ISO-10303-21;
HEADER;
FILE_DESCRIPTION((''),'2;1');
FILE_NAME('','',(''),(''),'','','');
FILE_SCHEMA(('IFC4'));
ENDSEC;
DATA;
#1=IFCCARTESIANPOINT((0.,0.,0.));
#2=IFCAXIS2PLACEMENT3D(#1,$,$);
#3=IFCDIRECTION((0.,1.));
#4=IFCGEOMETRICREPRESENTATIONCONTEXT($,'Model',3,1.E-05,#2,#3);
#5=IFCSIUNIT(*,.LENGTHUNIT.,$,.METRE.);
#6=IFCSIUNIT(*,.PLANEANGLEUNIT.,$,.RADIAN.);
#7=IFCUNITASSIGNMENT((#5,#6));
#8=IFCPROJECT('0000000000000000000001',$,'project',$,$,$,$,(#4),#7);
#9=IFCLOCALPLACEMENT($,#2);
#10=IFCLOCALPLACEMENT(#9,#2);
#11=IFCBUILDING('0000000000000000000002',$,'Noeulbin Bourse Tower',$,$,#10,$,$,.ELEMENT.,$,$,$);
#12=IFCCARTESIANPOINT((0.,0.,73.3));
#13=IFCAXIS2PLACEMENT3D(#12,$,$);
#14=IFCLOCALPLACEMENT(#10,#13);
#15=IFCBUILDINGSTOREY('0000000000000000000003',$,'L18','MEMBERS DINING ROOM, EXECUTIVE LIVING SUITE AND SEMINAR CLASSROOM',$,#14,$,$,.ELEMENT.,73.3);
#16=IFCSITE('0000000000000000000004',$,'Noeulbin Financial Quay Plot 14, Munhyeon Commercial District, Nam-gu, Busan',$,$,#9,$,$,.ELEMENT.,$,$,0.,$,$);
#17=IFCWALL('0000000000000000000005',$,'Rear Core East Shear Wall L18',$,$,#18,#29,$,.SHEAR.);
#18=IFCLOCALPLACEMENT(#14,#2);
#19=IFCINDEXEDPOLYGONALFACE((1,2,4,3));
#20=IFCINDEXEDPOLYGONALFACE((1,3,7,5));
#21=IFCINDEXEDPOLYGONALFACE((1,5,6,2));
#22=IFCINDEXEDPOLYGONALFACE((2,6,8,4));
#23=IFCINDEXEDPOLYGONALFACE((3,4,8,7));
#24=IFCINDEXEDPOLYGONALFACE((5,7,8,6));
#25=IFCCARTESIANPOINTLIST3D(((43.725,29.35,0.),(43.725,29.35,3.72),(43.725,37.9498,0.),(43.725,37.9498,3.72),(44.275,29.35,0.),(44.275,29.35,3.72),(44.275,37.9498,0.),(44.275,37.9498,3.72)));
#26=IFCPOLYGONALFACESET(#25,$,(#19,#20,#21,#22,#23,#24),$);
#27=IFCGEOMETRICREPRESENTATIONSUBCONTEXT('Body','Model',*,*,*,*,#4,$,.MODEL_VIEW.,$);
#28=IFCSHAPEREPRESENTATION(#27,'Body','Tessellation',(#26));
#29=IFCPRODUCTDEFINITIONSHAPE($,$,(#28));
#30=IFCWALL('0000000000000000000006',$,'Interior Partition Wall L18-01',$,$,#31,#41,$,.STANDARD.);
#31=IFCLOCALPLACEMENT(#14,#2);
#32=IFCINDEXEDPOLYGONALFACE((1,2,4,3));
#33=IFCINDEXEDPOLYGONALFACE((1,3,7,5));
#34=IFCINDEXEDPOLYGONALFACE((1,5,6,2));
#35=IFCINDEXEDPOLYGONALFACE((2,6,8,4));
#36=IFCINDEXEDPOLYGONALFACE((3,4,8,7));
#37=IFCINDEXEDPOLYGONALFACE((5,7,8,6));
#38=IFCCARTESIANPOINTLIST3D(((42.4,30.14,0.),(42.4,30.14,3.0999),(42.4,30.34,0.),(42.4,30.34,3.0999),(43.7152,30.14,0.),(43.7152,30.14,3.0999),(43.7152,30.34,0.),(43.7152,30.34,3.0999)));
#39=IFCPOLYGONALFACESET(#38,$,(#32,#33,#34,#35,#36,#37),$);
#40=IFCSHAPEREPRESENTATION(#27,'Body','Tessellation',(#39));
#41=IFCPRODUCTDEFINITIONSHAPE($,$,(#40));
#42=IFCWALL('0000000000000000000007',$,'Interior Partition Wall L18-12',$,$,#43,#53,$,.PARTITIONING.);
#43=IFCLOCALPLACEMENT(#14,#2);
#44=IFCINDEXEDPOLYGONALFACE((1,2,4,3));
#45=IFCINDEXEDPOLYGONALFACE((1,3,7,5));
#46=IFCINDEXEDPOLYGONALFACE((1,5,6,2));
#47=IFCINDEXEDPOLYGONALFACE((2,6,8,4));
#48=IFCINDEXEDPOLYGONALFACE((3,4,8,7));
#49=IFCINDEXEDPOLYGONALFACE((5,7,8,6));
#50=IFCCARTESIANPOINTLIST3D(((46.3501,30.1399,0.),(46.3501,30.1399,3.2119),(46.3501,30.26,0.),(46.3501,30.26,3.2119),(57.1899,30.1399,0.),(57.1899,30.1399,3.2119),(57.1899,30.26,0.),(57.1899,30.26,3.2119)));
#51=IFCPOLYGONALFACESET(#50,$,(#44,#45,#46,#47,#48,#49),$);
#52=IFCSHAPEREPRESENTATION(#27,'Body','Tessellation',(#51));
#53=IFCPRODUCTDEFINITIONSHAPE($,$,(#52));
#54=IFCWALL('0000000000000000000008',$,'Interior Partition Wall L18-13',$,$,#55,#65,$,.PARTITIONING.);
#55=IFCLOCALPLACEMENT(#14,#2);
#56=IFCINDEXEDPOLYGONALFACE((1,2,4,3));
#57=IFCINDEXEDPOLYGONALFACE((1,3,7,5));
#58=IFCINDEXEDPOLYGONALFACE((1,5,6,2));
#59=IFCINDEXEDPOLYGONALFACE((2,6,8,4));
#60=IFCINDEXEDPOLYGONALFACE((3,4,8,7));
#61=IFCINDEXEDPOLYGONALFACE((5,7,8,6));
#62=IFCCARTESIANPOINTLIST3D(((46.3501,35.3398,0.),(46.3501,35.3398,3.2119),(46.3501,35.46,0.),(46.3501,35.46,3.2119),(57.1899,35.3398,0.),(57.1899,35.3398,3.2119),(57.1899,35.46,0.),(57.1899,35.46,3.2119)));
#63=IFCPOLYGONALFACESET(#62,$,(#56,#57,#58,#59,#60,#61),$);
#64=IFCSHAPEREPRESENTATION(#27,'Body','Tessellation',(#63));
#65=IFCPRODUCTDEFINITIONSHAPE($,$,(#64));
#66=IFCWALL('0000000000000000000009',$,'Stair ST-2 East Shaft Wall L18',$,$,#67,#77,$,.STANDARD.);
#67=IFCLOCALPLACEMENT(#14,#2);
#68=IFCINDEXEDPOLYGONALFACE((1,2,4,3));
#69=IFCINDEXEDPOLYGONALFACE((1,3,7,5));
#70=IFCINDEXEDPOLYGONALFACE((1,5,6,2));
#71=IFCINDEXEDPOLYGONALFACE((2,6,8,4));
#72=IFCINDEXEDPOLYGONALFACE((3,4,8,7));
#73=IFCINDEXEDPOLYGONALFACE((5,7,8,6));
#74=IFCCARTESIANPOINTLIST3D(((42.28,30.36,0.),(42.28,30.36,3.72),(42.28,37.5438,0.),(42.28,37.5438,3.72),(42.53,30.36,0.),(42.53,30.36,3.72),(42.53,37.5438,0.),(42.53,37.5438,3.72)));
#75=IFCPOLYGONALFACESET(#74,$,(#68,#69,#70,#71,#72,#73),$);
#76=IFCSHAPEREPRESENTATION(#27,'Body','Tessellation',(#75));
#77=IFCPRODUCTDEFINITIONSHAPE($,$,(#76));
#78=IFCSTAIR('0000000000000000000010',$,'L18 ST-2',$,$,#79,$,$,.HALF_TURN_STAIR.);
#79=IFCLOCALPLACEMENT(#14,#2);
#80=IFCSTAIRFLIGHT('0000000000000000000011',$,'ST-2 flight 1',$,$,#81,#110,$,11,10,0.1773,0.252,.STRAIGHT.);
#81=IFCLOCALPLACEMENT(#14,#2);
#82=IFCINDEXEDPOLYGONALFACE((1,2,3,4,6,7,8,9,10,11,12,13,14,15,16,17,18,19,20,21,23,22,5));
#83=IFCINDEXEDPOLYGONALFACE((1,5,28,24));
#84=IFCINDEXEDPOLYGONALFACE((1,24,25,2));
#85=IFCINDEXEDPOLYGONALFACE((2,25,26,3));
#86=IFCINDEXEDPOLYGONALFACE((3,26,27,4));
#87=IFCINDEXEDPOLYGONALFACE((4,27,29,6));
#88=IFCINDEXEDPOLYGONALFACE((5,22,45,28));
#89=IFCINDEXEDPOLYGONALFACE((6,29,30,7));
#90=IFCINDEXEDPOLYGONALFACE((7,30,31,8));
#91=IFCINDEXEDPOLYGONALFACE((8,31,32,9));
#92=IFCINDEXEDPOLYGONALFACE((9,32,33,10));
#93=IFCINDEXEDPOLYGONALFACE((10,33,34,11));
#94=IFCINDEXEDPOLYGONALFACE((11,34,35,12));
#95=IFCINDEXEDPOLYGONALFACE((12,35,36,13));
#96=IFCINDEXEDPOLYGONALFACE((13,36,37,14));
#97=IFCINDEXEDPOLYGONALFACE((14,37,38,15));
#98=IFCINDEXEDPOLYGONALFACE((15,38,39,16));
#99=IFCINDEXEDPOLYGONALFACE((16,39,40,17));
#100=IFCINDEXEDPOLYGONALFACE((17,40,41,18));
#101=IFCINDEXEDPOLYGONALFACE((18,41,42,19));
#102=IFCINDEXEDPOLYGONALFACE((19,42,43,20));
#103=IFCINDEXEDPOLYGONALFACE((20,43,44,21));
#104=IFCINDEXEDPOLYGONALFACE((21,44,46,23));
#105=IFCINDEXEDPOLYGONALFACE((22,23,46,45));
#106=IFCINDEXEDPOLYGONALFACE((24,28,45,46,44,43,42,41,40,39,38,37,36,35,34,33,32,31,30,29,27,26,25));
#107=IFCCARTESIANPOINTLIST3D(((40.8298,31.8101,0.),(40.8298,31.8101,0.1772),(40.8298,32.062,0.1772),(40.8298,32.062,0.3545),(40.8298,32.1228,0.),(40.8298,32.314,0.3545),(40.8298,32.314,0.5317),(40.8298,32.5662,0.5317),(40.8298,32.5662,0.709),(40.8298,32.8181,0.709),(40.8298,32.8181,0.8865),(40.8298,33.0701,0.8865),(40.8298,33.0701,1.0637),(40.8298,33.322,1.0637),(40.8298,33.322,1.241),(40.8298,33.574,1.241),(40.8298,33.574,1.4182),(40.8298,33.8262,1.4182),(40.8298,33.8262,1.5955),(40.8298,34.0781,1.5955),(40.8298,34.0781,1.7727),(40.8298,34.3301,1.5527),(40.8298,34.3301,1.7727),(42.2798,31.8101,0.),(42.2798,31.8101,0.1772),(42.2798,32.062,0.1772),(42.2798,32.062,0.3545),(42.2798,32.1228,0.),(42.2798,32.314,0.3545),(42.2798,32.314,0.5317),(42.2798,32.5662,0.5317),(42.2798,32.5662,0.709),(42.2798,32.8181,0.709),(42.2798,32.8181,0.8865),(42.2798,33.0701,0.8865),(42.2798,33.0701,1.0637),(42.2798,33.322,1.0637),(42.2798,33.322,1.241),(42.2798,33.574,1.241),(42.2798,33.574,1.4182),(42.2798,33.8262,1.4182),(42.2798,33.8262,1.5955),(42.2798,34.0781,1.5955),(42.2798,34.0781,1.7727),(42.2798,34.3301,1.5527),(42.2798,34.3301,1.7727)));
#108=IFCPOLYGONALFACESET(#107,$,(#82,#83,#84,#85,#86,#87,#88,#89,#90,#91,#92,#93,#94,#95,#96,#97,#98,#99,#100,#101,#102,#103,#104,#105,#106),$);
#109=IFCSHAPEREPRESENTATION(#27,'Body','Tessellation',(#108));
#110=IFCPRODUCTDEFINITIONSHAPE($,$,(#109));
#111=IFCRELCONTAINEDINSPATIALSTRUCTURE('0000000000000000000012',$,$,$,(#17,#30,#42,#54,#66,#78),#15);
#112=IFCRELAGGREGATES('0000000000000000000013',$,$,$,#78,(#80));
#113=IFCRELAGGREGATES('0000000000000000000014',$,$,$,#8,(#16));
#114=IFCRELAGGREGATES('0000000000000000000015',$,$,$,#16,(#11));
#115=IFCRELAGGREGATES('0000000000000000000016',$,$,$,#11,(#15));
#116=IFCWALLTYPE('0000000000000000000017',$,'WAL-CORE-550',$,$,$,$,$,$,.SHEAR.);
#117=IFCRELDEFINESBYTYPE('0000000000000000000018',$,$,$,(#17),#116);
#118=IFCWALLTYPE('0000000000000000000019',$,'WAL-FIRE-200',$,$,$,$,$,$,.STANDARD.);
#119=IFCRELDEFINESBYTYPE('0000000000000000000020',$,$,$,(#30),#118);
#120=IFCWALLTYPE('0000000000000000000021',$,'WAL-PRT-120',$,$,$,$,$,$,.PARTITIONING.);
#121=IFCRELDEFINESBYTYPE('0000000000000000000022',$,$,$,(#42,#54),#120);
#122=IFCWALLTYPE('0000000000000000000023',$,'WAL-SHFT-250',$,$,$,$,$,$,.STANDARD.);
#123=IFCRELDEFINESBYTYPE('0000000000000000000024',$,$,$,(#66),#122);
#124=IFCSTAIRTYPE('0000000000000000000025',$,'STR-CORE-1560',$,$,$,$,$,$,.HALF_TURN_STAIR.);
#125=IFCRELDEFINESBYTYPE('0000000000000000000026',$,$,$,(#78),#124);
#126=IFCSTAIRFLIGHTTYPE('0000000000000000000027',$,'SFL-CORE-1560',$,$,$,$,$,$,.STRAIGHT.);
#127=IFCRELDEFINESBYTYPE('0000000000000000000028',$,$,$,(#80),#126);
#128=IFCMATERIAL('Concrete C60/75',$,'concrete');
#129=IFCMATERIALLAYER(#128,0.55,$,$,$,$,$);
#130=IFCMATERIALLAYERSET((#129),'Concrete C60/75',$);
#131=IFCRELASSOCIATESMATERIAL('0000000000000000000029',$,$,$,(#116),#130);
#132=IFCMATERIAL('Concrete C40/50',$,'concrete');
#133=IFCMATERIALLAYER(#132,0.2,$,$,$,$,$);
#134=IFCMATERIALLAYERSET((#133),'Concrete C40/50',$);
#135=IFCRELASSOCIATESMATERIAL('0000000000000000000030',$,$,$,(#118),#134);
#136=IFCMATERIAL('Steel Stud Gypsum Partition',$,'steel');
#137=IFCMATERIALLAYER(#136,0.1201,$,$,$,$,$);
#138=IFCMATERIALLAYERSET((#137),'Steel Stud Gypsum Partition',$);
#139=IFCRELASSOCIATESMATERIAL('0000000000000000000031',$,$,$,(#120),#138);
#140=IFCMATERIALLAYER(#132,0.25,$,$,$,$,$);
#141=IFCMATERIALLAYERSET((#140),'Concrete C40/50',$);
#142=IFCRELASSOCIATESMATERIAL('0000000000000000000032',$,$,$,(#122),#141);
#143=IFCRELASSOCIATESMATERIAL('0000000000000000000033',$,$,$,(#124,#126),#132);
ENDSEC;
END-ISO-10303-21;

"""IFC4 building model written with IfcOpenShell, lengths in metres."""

from ifc_helpers import new_model, si_unit, direction, frame, frame_2d, origin, place, context, subcontext, project, spatial, polyline, rectangle, outline, extrude, material, layer, layer_set, type_object, element, aggregate, save


model = new_model("IFC4")

# Units and contexts
model_context = context("Model", 3, precision=1e-05, world=origin(), true_north=direction((0.0, 1.0)))
body_context = subcontext(model_context, "Body", "Model", "MODEL_VIEW")
ifc_project = project(units=[si_unit("LENGTHUNIT", "METRE"), si_unit("PLANEANGLEUNIT", "RADIAN")], contexts=[model_context])

# Site, building, storey
site_placement = place(None, origin())
site = spatial("IfcSite", under=ifc_project, at=site_placement, Name="Noeulbin Financial Quay Plot 14, Munhyeon Commercial District, Nam-gu, Busan", CompositionType="ELEMENT", RefElevation=0.0)
building_placement = place(site_placement, origin())
building = spatial("IfcBuilding", under=site, at=building_placement, Name="Noeulbin Bourse Tower", CompositionType="ELEMENT")
storey_placement = place(building_placement, frame((0.0, 0.0, 73.3)))
storey = spatial("IfcBuildingStorey", under=building, at=storey_placement, Name="L18", Description="MEMBERS DINING ROOM, EXECUTIVE LIVING SUITE AND SEMINAR CLASSROOM", CompositionType="ELEMENT", Elevation=73.3)

# Walls
ifc_material_1 = material(Name="Concrete C60/75", Category="concrete")
ifc_layer_1 = layer(ifc_material_1, 0.55)
ifc_layer_set_1 = layer_set([ifc_layer_1], Name="Concrete C60/75")
wall_type_1 = type_object("IfcWallType", Name="WAL-CORE-550", PredefinedType="SHEAR", material=ifc_layer_set_1)
wall_1_placement = place(storey_placement, frame((44.0, 29.3501, 0.0), z_axis=(0.0, 0.0, 1.0), x_axis=(0.0, 1.0, 0.0)))
element("IfcWall", 1, at=wall_1_placement, inside=storey, type_object=wall_type_1, Name="Rear Core East Shear Wall L18", PredefinedType="SHEAR", context=body_context, shape_type="SweptSolid", body=[
    extrude(rectangle(XDim=8.5999, YDim=0.55, at=frame_2d((4.2998, 0.0))), origin(), (0.0, 0.0, 1.0), 3.72),
])
ifc_material_2 = material(Name="Concrete C40/50", Category="concrete")
ifc_layer_2 = layer(ifc_material_2, 0.2)
ifc_layer_set_2 = layer_set([ifc_layer_2], Name="Concrete C40/50")
wall_type_2 = type_object("IfcWallType", Name="WAL-FIRE-200", PredefinedType="STANDARD", material=ifc_layer_set_2)
wall_2_placement = place(storey_placement, frame((42.3999, 30.24, 0.0), z_axis=(0.0, 0.0, 1.0), x_axis=(1.0, 0.0, 0.0)))
element("IfcWall", 2, at=wall_2_placement, inside=storey, type_object=wall_type_2, Name="Interior Partition Wall L18-01", PredefinedType="STANDARD", context=body_context, shape_type="SweptSolid", body=[
    extrude(rectangle(XDim=1.3152, YDim=0.2, at=frame_2d((0.6577, 0.0))), origin(), (0.0, 0.0, 1.0), 3.0999),
])
ifc_material_3 = material(Name="Steel Stud Gypsum Partition", Category="steel")
ifc_layer_3 = layer(ifc_material_3, 0.1201)
ifc_layer_set_3 = layer_set([ifc_layer_3], Name="Steel Stud Gypsum Partition")
wall_type_3 = type_object("IfcWallType", Name="WAL-PRT-120", PredefinedType="PARTITIONING", material=ifc_layer_set_3)
for number, where, z_axis, x_axis, name in (
    (3, (46.3501, 30.2, 0.0), (0.0, 0.0, 1.0), (1.0, 0.0, 0.0), "Interior Partition Wall L18-12"),
    (4, (46.3501, 35.3999, 0.0), (0.0, 0.0, 1.0), (1.0, 0.0, 0.0), "Interior Partition Wall L18-13"),
):
    element("IfcWall", number, at=place(storey_placement, frame(where, z_axis=z_axis, x_axis=x_axis)), inside=storey, type_object=wall_type_3, Name=name, PredefinedType="PARTITIONING", context=body_context, shape_type="SweptSolid", body=[
        extrude(rectangle(XDim=10.8398, YDim=0.1201, at=frame_2d((5.4199, 0.0))), origin(), (0.0, 0.0, 1.0), 3.2119),
    ])
ifc_layer_4 = layer(ifc_material_2, 0.25)
ifc_layer_set_4 = layer_set([ifc_layer_4], Name="Concrete C40/50")
wall_type_4 = type_object("IfcWallType", Name="WAL-SHFT-250", PredefinedType="STANDARD", material=ifc_layer_set_4)
wall_3_placement = place(storey_placement, frame((42.405, 30.3601, 0.0), z_axis=(0.0, 0.0, 1.0), x_axis=(0.0, 1.0, 0.0)))
element("IfcWall", 5, at=wall_3_placement, inside=storey, type_object=wall_type_4, Name="Stair ST-2 East Shaft Wall L18", PredefinedType="STANDARD", context=body_context, shape_type="SweptSolid", body=[
    extrude(rectangle(XDim=7.1838, YDim=0.25, at=frame_2d((3.5918, 0.0))), origin(), (0.0, 0.0, 1.0), 3.72),
])

# Stair, stair flight
stair_type = type_object("IfcStairType", Name="STR-CORE-1560", PredefinedType="HALF_TURN_STAIR", material=ifc_material_2)
stair_placement = place(storey_placement, origin())
stair = element("IfcStair", 6, at=stair_placement, inside=storey, type_object=stair_type, Name="L18 ST-2", PredefinedType="HALF_TURN_STAIR")
stair_flight_type = type_object("IfcStairFlightType", Name="SFL-CORE-1560", PredefinedType="STRAIGHT", material=ifc_material_2)
stair_flight_placement = place(storey_placement, frame((41.5549, 31.8101, 0.0), z_axis=(0.0, 0.0, 1.0), x_axis=(0.0, 1.0, 0.0)))
stair_flight = element("IfcStairFlight", 7, at=stair_flight_placement, type_object=stair_flight_type, Name="ST-2 flight 1", NumberOfRisers=11, NumberOfTreads=10, PredefinedType="STRAIGHT", RiserHeight=0.1773, TreadLength=0.252, context=body_context, shape_type="SweptSolid", body=[
    extrude(outline(polyline([(0.0, 0.0), (0.0, 0.1772), (0.252, 0.1772), (0.252, 0.3545), (0.5039, 0.3545), (0.5039, 0.5317), (0.7561, 0.5317), (0.7561, 0.709), (1.0081, 0.709), (1.0081, 0.8865), (1.26, 0.8865), (1.26, 1.0637), (1.512, 1.0637), (1.512, 1.241), (1.7639, 1.241), (1.7639, 1.4182), (2.0161, 1.4182), (2.0161, 1.5955), (2.2681, 1.5955), (2.2681, 1.7727), (2.52, 1.7727), (2.52, 1.95), (2.52, 1.5527), (0.3127, 0.0), (0.0, 0.0)])), frame((0.0, 0.7251, 0.0), z_axis=(0.0, -1.0, 0.0), x_axis=(1.0, 0.0, 0.0)), (0.0, 0.0, 1.0), 1.45),
])
aggregate(stair, [stair_flight])

save(model, "model.ifc")
